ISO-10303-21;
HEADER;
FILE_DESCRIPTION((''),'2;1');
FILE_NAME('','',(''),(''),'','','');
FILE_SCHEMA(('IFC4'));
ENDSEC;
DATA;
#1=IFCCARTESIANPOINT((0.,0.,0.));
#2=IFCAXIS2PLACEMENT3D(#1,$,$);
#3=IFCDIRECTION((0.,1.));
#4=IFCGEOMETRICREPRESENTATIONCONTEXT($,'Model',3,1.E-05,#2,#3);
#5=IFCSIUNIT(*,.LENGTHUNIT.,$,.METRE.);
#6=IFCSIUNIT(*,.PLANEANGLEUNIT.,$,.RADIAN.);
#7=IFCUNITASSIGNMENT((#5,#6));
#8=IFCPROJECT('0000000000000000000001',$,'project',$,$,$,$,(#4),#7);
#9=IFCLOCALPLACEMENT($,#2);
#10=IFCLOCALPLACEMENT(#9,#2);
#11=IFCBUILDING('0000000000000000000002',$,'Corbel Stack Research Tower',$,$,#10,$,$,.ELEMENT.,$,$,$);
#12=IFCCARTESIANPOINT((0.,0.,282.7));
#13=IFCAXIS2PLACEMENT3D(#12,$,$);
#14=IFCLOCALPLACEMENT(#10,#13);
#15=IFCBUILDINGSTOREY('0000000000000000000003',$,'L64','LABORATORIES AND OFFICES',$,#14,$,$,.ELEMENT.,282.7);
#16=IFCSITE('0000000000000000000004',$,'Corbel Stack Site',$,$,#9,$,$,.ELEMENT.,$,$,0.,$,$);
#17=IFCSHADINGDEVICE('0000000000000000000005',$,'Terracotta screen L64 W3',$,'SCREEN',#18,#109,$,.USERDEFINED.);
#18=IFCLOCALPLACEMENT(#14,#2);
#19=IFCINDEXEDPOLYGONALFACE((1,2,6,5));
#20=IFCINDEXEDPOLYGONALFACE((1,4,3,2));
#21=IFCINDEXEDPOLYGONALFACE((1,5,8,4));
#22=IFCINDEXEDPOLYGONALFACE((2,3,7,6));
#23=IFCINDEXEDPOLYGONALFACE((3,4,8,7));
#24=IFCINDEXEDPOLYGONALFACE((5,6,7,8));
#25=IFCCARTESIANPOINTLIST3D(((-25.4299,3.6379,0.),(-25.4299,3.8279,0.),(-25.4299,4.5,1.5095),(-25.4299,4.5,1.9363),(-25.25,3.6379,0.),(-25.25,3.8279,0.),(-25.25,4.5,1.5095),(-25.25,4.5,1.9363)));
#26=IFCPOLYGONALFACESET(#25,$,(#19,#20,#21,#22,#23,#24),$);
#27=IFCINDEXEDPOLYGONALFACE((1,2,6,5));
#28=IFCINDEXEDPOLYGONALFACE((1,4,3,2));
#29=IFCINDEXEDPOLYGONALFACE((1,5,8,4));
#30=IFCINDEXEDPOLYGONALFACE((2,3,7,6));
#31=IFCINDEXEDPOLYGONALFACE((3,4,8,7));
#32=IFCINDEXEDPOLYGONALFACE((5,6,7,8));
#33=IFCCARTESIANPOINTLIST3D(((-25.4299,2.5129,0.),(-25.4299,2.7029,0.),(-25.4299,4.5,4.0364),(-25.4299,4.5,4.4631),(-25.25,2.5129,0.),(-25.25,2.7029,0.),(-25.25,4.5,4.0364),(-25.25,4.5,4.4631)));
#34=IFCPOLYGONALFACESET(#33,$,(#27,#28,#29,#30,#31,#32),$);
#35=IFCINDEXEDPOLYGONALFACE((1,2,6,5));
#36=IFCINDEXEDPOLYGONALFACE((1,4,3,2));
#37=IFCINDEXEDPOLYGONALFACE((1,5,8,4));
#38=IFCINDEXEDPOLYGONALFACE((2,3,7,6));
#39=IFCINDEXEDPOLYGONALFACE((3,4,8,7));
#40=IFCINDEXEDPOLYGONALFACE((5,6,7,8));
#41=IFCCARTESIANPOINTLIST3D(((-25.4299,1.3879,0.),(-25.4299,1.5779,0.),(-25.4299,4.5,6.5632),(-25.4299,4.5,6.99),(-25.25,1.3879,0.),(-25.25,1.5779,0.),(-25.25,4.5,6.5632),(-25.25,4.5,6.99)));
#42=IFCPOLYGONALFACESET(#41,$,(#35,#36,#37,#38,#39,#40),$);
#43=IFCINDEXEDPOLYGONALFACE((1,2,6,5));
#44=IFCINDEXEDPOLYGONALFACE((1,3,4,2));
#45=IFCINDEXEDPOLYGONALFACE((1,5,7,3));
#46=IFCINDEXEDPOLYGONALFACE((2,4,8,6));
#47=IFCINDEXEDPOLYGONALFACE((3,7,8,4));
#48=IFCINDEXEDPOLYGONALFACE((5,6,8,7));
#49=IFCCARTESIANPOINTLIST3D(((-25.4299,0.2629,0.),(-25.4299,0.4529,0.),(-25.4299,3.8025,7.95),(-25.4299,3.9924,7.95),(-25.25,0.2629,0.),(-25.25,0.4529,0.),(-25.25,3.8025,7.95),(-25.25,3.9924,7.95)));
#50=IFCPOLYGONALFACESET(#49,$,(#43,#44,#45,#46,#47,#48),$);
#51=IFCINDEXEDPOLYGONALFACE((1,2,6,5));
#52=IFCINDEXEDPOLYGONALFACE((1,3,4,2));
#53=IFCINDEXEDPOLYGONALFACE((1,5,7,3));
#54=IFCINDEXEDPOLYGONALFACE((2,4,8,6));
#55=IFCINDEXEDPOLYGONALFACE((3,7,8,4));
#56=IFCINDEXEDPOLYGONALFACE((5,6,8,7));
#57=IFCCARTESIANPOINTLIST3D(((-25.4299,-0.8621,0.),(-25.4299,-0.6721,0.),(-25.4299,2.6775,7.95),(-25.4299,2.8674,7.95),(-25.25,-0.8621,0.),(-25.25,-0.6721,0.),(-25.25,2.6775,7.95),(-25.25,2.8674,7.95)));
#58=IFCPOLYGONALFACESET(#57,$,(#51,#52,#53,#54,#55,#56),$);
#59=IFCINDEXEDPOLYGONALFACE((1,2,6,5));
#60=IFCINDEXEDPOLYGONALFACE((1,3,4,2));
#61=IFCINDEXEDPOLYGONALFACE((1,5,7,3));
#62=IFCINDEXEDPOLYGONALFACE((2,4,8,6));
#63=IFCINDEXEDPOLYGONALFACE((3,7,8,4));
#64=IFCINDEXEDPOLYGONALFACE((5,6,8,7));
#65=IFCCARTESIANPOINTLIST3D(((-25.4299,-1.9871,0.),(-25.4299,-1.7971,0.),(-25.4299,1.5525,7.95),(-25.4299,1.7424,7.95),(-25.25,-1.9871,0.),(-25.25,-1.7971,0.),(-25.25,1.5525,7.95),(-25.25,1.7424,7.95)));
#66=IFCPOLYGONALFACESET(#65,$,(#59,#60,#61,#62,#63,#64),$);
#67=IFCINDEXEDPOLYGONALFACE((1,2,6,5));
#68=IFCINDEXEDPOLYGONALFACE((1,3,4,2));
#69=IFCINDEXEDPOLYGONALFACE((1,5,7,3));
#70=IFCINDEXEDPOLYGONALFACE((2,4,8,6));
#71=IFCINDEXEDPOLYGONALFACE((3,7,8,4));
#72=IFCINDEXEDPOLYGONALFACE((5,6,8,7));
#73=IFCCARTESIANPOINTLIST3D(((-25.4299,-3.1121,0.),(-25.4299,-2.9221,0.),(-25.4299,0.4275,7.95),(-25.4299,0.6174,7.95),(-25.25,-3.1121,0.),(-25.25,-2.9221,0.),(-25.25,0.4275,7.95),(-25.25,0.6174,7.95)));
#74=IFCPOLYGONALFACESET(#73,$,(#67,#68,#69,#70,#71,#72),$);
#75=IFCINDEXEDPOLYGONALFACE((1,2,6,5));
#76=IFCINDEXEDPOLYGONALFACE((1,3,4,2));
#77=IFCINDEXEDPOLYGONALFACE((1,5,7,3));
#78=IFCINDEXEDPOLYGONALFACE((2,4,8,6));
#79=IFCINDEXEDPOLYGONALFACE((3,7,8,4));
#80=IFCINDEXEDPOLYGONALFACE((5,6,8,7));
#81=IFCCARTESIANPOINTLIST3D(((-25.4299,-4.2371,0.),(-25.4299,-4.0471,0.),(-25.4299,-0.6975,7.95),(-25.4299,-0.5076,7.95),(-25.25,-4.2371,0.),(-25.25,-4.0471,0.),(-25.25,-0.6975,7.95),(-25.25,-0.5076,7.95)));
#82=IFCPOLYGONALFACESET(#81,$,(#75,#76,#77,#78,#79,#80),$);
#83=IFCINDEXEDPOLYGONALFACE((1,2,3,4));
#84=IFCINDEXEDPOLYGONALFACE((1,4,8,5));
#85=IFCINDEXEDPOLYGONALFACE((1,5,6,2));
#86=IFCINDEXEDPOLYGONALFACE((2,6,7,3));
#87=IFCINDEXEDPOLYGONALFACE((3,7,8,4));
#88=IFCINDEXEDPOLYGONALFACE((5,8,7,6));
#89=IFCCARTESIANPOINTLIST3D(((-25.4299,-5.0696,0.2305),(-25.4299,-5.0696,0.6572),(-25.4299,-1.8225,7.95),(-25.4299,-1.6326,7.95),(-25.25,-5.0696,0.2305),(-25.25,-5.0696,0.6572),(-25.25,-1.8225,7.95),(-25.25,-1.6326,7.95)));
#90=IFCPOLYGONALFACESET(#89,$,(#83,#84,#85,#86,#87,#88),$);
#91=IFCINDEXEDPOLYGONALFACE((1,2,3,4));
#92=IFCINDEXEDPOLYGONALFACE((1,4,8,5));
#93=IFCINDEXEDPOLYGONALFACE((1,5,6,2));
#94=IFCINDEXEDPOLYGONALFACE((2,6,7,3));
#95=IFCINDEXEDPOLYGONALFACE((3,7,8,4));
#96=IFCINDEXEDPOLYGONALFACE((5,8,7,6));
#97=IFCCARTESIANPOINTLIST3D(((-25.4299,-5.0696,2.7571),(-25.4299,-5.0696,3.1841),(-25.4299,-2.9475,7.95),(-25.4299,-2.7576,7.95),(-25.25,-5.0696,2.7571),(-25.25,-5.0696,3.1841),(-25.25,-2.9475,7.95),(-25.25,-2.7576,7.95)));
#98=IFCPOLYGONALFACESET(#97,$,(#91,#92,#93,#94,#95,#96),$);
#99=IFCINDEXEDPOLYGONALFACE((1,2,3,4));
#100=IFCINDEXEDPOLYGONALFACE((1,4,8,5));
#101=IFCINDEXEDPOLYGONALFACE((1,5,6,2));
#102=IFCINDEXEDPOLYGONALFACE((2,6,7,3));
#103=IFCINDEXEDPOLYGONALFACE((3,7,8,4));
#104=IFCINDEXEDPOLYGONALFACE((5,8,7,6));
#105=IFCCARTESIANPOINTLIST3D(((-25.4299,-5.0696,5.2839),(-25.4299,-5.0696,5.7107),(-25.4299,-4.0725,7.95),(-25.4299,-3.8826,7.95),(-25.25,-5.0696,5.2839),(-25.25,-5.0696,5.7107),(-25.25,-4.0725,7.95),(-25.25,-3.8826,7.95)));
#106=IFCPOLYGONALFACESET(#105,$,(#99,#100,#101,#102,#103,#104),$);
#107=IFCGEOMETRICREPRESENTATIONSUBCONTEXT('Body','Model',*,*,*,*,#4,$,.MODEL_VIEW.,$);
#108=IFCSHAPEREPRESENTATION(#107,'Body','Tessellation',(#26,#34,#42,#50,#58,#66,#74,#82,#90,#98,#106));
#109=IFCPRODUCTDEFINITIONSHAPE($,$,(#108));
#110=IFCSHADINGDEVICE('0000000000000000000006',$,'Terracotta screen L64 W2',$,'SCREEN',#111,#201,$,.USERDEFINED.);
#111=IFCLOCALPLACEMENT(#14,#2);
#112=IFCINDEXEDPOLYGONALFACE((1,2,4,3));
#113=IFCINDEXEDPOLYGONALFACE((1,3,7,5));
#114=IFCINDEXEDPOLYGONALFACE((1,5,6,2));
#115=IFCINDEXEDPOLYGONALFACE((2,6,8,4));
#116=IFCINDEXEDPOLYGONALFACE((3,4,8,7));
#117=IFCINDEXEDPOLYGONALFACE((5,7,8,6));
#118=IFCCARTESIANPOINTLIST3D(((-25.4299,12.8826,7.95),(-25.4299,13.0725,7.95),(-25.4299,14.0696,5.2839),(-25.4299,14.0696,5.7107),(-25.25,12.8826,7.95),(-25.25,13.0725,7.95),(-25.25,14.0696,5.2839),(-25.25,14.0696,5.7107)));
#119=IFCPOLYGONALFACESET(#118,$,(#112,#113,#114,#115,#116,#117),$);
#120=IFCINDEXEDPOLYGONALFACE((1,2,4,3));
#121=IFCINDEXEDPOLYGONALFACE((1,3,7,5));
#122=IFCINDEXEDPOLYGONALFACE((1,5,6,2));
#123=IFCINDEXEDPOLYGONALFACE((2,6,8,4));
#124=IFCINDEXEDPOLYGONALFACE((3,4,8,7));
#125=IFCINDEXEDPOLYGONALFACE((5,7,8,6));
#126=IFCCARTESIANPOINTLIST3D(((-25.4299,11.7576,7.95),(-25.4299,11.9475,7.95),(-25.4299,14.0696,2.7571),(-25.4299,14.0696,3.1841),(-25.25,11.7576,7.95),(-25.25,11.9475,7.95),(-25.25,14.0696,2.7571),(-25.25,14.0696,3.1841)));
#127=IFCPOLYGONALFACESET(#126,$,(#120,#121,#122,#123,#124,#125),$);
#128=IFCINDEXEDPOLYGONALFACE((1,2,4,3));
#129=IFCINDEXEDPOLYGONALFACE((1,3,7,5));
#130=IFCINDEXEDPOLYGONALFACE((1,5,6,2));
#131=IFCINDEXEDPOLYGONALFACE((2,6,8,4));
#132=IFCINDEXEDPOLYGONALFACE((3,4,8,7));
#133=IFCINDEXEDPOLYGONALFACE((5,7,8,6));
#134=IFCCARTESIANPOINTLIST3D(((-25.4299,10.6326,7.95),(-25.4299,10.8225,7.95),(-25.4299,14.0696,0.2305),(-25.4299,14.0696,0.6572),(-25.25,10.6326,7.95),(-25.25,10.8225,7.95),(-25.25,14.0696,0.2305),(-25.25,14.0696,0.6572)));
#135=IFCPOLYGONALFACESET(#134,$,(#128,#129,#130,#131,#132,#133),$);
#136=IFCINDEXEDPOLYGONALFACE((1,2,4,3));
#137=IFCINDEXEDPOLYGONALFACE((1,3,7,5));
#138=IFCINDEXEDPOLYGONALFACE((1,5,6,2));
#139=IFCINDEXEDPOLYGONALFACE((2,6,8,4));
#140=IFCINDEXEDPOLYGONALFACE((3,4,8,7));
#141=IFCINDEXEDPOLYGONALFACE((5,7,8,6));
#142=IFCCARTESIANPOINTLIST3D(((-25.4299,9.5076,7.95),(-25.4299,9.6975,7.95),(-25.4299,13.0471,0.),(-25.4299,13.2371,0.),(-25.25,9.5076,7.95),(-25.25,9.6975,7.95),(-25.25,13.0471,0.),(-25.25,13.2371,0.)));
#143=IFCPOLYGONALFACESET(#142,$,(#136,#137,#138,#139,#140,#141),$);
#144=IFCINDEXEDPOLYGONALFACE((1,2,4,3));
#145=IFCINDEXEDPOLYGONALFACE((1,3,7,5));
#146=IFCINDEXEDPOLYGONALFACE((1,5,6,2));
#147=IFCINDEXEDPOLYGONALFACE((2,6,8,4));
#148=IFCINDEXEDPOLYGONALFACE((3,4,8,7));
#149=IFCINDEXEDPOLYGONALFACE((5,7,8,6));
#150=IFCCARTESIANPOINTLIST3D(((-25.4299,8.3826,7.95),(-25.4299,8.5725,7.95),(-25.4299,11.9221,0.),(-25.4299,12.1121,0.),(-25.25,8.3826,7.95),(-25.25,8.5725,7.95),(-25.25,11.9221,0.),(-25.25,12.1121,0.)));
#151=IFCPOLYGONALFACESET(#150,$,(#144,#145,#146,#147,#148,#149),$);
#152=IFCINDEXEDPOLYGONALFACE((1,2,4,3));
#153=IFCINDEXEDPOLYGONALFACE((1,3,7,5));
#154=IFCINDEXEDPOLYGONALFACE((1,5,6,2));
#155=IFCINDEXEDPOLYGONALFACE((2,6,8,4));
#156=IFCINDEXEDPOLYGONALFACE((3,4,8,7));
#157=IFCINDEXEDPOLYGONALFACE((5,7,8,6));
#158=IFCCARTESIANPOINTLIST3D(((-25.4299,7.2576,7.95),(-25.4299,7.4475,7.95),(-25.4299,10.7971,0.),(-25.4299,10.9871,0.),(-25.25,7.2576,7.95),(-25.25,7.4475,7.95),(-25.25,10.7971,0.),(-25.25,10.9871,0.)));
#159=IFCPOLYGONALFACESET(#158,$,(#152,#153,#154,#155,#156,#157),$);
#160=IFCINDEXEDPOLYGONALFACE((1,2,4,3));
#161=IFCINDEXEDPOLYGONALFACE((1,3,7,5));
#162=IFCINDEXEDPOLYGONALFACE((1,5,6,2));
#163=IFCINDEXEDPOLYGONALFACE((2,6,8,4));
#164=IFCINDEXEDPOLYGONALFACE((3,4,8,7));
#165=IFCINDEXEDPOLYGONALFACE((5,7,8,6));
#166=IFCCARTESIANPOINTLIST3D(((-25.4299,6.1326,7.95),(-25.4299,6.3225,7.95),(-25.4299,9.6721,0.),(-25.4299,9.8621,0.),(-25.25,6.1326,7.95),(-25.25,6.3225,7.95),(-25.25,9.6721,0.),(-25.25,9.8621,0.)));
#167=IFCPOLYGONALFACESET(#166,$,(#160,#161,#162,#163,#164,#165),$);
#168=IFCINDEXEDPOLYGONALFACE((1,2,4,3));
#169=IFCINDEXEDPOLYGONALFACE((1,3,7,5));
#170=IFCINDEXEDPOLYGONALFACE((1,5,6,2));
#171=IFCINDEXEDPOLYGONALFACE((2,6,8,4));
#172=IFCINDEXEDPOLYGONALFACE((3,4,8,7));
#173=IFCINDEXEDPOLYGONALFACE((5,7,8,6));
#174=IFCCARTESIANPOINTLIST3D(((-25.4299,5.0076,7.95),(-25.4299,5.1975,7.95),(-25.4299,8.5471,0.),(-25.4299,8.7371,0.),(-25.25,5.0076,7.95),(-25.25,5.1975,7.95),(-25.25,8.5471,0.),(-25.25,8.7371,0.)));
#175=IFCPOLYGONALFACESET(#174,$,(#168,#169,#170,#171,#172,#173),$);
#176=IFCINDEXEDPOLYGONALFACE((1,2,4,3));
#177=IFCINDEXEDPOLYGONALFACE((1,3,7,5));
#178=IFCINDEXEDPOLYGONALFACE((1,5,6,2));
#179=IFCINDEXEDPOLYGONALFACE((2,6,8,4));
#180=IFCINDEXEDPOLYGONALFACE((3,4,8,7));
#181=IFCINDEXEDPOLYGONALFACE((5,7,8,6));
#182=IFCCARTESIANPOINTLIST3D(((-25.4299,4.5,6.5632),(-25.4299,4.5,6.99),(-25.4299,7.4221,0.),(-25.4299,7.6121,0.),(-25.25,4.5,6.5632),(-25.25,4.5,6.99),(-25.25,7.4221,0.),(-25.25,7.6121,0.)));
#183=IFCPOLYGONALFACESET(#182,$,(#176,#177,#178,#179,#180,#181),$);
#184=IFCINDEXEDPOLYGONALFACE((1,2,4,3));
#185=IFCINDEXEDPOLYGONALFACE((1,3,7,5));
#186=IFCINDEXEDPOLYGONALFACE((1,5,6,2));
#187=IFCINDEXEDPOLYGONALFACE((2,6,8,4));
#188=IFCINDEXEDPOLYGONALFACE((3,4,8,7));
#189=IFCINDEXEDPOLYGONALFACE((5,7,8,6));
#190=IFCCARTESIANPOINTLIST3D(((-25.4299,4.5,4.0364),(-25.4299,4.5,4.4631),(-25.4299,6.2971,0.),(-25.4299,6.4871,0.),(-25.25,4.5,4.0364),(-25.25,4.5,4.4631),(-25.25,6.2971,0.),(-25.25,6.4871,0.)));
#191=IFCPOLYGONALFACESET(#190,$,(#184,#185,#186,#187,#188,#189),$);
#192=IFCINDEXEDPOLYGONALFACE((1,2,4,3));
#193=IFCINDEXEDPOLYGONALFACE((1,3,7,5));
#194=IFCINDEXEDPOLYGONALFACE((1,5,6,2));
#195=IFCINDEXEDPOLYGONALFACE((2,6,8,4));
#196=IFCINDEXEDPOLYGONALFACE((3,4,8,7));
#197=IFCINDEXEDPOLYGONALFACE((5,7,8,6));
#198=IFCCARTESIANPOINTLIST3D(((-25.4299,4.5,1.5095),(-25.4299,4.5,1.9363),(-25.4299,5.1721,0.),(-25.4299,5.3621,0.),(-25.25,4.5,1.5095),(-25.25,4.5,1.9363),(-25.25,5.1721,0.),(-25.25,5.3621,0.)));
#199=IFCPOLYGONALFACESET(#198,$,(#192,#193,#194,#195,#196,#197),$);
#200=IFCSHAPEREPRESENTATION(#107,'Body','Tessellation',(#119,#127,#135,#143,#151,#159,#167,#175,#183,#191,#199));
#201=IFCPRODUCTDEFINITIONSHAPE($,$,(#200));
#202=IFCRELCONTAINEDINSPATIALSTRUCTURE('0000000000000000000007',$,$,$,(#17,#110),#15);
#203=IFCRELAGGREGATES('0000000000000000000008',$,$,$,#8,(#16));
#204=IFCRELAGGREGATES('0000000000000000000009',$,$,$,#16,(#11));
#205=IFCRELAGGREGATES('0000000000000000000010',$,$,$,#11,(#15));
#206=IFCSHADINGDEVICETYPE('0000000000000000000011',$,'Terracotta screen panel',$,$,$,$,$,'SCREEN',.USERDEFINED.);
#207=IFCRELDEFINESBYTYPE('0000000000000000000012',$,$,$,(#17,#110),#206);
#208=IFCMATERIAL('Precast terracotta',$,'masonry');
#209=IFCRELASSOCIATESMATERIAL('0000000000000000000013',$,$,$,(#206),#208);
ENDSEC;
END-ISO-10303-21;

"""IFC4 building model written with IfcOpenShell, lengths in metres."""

from ifc_helpers import new_model, si_unit, direction, frame, origin, place, context, subcontext, project, spatial, polyline, outline, extrude, source, transform, mapped, material, type_object, element, save


model = new_model("IFC4")

# Units and contexts
model_context = context("Model", 3, precision=1e-05, world=origin(), true_north=direction((0.0, 1.0)))
body_context = subcontext(model_context, "Body", "Model", "MODEL_VIEW")
ifc_project = project(units=[si_unit("LENGTHUNIT", "METRE"), si_unit("PLANEANGLEUNIT", "RADIAN")], contexts=[model_context])

# Site, building, storey
site_placement = place(None, origin())
site = spatial("IfcSite", under=ifc_project, at=site_placement, Name="Corbel Stack Site", CompositionType="ELEMENT", RefElevation=0.0)
building_placement = place(site_placement, origin())
building = spatial("IfcBuilding", under=site, at=building_placement, Name="Corbel Stack Research Tower", CompositionType="ELEMENT")
storey_placement = place(building_placement, frame((0.0, 0.0, 282.7)))
storey = spatial("IfcBuildingStorey", under=building, at=storey_placement, Name="L64", Description="LABORATORIES AND OFFICES", CompositionType="ELEMENT", Elevation=282.7)

# Shading devices
ifc_material_1 = material(Name="Precast terracotta", Category="masonry")
shading_device_type = type_object("IfcShadingDeviceType", Name="Terracotta screen panel", ElementType="SCREEN", PredefinedType="USERDEFINED", material=ifc_material_1)
shared_shape_1 = source(origin(), body_context, "Body", "SweptSolid", [
    extrude(outline(polyline([(0.8621, 0.0), (0.0, 1.9363), (0.0, 1.5095), (0.6721, 0.0), (0.8621, 0.0)])), frame((0.0, 0.0, 0.0), z_axis=(0.0, -1.0, 0.0), x_axis=(1.0, 0.0, 0.0)), (0.0, 0.0, 1.0), 0.1799),
    extrude(outline(polyline([(1.9871, 0.0), (0.0, 4.4631), (0.0, 4.0364), (1.7971, 0.0), (1.9871, 0.0)])), frame((0.0, 0.0, 0.0), z_axis=(0.0, -1.0, 0.0), x_axis=(1.0, 0.0, 0.0)), (0.0, 0.0, 1.0), 0.1799),
    extrude(outline(polyline([(3.1121, 0.0), (0.0, 6.99), (0.0, 6.5632), (2.9221, 0.0), (3.1121, 0.0)])), frame((0.0, 0.0, 0.0), z_axis=(0.0, -1.0, 0.0), x_axis=(1.0, 0.0, 0.0)), (0.0, 0.0, 1.0), 0.1799),
    extrude(outline(polyline([(4.2371, 0.0), (0.6975, 7.95), (0.5076, 7.95), (4.0471, 0.0), (4.2371, 0.0)])), frame((0.0, 0.0, 0.0), z_axis=(0.0, -1.0, 0.0), x_axis=(1.0, 0.0, 0.0)), (0.0, 0.0, 1.0), 0.1799),
    extrude(outline(polyline([(5.3621, 0.0), (1.8225, 7.95), (1.6326, 7.95), (5.1721, 0.0), (5.3621, 0.0)])), frame((0.0, 0.0, 0.0), z_axis=(0.0, -1.0, 0.0), x_axis=(1.0, 0.0, 0.0)), (0.0, 0.0, 1.0), 0.1799),
    extrude(outline(polyline([(6.4871, 0.0), (2.9475, 7.95), (2.7576, 7.95), (6.2971, 0.0), (6.4871, 0.0)])), frame((0.0, 0.0, 0.0), z_axis=(0.0, -1.0, 0.0), x_axis=(1.0, 0.0, 0.0)), (0.0, 0.0, 1.0), 0.1799),
    extrude(outline(polyline([(7.6121, 0.0), (4.0725, 7.95), (3.8826, 7.95), (7.4221, 0.0), (7.6121, 0.0)])), frame((0.0, 0.0, 0.0), z_axis=(0.0, -1.0, 0.0), x_axis=(1.0, 0.0, 0.0)), (0.0, 0.0, 1.0), 0.1799),
    extrude(outline(polyline([(8.7371, 0.0), (5.1975, 7.95), (5.0076, 7.95), (8.5471, 0.0), (8.7371, 0.0)])), frame((0.0, 0.0, 0.0), z_axis=(0.0, -1.0, 0.0), x_axis=(1.0, 0.0, 0.0)), (0.0, 0.0, 1.0), 0.1799),
    extrude(outline(polyline([(6.3225, 7.95), (6.1326, 7.95), (9.5696, 0.2305), (9.5696, 0.6572), (6.3225, 7.95)])), frame((0.0, 0.0, 0.0), z_axis=(0.0, -1.0, 0.0), x_axis=(1.0, 0.0, 0.0)), (0.0, 0.0, 1.0), 0.1799),
    extrude(outline(polyline([(7.4475, 7.95), (7.2576, 7.95), (9.5696, 2.7571), (9.5696, 3.1841), (7.4475, 7.95)])), frame((0.0, 0.0, 0.0), z_axis=(0.0, -1.0, 0.0), x_axis=(1.0, 0.0, 0.0)), (0.0, 0.0, 1.0), 0.1799),
    extrude(outline(polyline([(8.5725, 7.95), (8.3826, 7.95), (9.5696, 5.2839), (9.5696, 5.7107), (8.5725, 7.95)])), frame((0.0, 0.0, 0.0), z_axis=(0.0, -1.0, 0.0), x_axis=(1.0, 0.0, 0.0)), (0.0, 0.0, 1.0), 0.1799),
])
shading_device_1_placement = place(storey_placement, frame((-25.25, 4.5, 0.0), z_axis=(0.0, 0.0, 1.0), x_axis=(0.0, -1.0, 0.0)))
element("IfcShadingDevice", 1, at=shading_device_1_placement, inside=storey, type_object=shading_device_type, Name="Terracotta screen L64 W3", ObjectType="SCREEN", PredefinedType="USERDEFINED", context=body_context, shape_type="MappedRepresentation", body=[
    mapped(shared_shape_1, transform((0.0, 0.0, 0.0))),
])
shared_shape_2 = source(origin(), body_context, "Body", "SweptSolid", [
    extrude(outline(polyline([(1.187, 7.95), (0.9971, 7.95), (0.0, 5.7107), (0.0, 5.2839), (1.187, 7.95)])), frame((0.0, 0.0, 0.0), z_axis=(0.0, -1.0, 0.0), x_axis=(1.0, 0.0, 0.0)), (0.0, 0.0, 1.0), 0.1799),
    extrude(outline(polyline([(2.312, 7.95), (2.1221, 7.95), (0.0, 3.1841), (0.0, 2.7571), (2.312, 7.95)])), frame((0.0, 0.0, 0.0), z_axis=(0.0, -1.0, 0.0), x_axis=(1.0, 0.0, 0.0)), (0.0, 0.0, 1.0), 0.1799),
    extrude(outline(polyline([(3.437, 7.95), (3.2471, 7.95), (0.0, 0.6572), (0.0, 0.2305), (3.437, 7.95)])), frame((0.0, 0.0, 0.0), z_axis=(0.0, -1.0, 0.0), x_axis=(1.0, 0.0, 0.0)), (0.0, 0.0, 1.0), 0.1799),
    extrude(outline(polyline([(1.0225, 0.0), (4.562, 7.95), (4.3721, 7.95), (0.8325, 0.0), (1.0225, 0.0)])), frame((0.0, 0.0, 0.0), z_axis=(0.0, -1.0, 0.0), x_axis=(1.0, 0.0, 0.0)), (0.0, 0.0, 1.0), 0.1799),
    extrude(outline(polyline([(2.1475, 0.0), (5.687, 7.95), (5.4971, 7.95), (1.9575, 0.0), (2.1475, 0.0)])), frame((0.0, 0.0, 0.0), z_axis=(0.0, -1.0, 0.0), x_axis=(1.0, 0.0, 0.0)), (0.0, 0.0, 1.0), 0.1799),
    extrude(outline(polyline([(3.2725, 0.0), (6.812, 7.95), (6.6221, 7.95), (3.0825, 0.0), (3.2725, 0.0)])), frame((0.0, 0.0, 0.0), z_axis=(0.0, -1.0, 0.0), x_axis=(1.0, 0.0, 0.0)), (0.0, 0.0, 1.0), 0.1799),
    extrude(outline(polyline([(4.3975, 0.0), (7.937, 7.95), (7.7471, 7.95), (4.2075, 0.0), (4.3975, 0.0)])), frame((0.0, 0.0, 0.0), z_axis=(0.0, -1.0, 0.0), x_axis=(1.0, 0.0, 0.0)), (0.0, 0.0, 1.0), 0.1799),
    extrude(outline(polyline([(5.5225, 0.0), (9.062, 7.95), (8.8721, 7.95), (5.3325, 0.0), (5.5225, 0.0)])), frame((0.0, 0.0, 0.0), z_axis=(0.0, -1.0, 0.0), x_axis=(1.0, 0.0, 0.0)), (0.0, 0.0, 1.0), 0.1799),
    extrude(outline(polyline([(6.6475, 0.0), (9.5696, 6.5632), (9.5696, 6.99), (6.4575, 0.0), (6.6475, 0.0)])), frame((0.0, 0.0, 0.0), z_axis=(0.0, -1.0, 0.0), x_axis=(1.0, 0.0, 0.0)), (0.0, 0.0, 1.0), 0.1799),
    extrude(outline(polyline([(7.7725, 0.0), (9.5696, 4.0364), (9.5696, 4.4631), (7.5825, 0.0), (7.7725, 0.0)])), frame((0.0, 0.0, 0.0), z_axis=(0.0, -1.0, 0.0), x_axis=(1.0, 0.0, 0.0)), (0.0, 0.0, 1.0), 0.1799),
    extrude(outline(polyline([(8.8975, 0.0), (9.5696, 1.5095), (9.5696, 1.9363), (8.7075, 0.0), (8.8975, 0.0)])), frame((0.0, 0.0, 0.0), z_axis=(0.0, -1.0, 0.0), x_axis=(1.0, 0.0, 0.0)), (0.0, 0.0, 1.0), 0.1799),
])
shading_device_2_placement = place(storey_placement, frame((-25.25, 14.0696, 0.0), z_axis=(0.0, 0.0, 1.0), x_axis=(0.0, -1.0, 0.0)))
element("IfcShadingDevice", 2, at=shading_device_2_placement, inside=storey, type_object=shading_device_type, Name="Terracotta screen L64 W2", ObjectType="SCREEN", PredefinedType="USERDEFINED", context=body_context, shape_type="MappedRepresentation", body=[
    mapped(shared_shape_2, transform((0.0, 0.0, 0.0))),
])

save(model, "model.ifc")
